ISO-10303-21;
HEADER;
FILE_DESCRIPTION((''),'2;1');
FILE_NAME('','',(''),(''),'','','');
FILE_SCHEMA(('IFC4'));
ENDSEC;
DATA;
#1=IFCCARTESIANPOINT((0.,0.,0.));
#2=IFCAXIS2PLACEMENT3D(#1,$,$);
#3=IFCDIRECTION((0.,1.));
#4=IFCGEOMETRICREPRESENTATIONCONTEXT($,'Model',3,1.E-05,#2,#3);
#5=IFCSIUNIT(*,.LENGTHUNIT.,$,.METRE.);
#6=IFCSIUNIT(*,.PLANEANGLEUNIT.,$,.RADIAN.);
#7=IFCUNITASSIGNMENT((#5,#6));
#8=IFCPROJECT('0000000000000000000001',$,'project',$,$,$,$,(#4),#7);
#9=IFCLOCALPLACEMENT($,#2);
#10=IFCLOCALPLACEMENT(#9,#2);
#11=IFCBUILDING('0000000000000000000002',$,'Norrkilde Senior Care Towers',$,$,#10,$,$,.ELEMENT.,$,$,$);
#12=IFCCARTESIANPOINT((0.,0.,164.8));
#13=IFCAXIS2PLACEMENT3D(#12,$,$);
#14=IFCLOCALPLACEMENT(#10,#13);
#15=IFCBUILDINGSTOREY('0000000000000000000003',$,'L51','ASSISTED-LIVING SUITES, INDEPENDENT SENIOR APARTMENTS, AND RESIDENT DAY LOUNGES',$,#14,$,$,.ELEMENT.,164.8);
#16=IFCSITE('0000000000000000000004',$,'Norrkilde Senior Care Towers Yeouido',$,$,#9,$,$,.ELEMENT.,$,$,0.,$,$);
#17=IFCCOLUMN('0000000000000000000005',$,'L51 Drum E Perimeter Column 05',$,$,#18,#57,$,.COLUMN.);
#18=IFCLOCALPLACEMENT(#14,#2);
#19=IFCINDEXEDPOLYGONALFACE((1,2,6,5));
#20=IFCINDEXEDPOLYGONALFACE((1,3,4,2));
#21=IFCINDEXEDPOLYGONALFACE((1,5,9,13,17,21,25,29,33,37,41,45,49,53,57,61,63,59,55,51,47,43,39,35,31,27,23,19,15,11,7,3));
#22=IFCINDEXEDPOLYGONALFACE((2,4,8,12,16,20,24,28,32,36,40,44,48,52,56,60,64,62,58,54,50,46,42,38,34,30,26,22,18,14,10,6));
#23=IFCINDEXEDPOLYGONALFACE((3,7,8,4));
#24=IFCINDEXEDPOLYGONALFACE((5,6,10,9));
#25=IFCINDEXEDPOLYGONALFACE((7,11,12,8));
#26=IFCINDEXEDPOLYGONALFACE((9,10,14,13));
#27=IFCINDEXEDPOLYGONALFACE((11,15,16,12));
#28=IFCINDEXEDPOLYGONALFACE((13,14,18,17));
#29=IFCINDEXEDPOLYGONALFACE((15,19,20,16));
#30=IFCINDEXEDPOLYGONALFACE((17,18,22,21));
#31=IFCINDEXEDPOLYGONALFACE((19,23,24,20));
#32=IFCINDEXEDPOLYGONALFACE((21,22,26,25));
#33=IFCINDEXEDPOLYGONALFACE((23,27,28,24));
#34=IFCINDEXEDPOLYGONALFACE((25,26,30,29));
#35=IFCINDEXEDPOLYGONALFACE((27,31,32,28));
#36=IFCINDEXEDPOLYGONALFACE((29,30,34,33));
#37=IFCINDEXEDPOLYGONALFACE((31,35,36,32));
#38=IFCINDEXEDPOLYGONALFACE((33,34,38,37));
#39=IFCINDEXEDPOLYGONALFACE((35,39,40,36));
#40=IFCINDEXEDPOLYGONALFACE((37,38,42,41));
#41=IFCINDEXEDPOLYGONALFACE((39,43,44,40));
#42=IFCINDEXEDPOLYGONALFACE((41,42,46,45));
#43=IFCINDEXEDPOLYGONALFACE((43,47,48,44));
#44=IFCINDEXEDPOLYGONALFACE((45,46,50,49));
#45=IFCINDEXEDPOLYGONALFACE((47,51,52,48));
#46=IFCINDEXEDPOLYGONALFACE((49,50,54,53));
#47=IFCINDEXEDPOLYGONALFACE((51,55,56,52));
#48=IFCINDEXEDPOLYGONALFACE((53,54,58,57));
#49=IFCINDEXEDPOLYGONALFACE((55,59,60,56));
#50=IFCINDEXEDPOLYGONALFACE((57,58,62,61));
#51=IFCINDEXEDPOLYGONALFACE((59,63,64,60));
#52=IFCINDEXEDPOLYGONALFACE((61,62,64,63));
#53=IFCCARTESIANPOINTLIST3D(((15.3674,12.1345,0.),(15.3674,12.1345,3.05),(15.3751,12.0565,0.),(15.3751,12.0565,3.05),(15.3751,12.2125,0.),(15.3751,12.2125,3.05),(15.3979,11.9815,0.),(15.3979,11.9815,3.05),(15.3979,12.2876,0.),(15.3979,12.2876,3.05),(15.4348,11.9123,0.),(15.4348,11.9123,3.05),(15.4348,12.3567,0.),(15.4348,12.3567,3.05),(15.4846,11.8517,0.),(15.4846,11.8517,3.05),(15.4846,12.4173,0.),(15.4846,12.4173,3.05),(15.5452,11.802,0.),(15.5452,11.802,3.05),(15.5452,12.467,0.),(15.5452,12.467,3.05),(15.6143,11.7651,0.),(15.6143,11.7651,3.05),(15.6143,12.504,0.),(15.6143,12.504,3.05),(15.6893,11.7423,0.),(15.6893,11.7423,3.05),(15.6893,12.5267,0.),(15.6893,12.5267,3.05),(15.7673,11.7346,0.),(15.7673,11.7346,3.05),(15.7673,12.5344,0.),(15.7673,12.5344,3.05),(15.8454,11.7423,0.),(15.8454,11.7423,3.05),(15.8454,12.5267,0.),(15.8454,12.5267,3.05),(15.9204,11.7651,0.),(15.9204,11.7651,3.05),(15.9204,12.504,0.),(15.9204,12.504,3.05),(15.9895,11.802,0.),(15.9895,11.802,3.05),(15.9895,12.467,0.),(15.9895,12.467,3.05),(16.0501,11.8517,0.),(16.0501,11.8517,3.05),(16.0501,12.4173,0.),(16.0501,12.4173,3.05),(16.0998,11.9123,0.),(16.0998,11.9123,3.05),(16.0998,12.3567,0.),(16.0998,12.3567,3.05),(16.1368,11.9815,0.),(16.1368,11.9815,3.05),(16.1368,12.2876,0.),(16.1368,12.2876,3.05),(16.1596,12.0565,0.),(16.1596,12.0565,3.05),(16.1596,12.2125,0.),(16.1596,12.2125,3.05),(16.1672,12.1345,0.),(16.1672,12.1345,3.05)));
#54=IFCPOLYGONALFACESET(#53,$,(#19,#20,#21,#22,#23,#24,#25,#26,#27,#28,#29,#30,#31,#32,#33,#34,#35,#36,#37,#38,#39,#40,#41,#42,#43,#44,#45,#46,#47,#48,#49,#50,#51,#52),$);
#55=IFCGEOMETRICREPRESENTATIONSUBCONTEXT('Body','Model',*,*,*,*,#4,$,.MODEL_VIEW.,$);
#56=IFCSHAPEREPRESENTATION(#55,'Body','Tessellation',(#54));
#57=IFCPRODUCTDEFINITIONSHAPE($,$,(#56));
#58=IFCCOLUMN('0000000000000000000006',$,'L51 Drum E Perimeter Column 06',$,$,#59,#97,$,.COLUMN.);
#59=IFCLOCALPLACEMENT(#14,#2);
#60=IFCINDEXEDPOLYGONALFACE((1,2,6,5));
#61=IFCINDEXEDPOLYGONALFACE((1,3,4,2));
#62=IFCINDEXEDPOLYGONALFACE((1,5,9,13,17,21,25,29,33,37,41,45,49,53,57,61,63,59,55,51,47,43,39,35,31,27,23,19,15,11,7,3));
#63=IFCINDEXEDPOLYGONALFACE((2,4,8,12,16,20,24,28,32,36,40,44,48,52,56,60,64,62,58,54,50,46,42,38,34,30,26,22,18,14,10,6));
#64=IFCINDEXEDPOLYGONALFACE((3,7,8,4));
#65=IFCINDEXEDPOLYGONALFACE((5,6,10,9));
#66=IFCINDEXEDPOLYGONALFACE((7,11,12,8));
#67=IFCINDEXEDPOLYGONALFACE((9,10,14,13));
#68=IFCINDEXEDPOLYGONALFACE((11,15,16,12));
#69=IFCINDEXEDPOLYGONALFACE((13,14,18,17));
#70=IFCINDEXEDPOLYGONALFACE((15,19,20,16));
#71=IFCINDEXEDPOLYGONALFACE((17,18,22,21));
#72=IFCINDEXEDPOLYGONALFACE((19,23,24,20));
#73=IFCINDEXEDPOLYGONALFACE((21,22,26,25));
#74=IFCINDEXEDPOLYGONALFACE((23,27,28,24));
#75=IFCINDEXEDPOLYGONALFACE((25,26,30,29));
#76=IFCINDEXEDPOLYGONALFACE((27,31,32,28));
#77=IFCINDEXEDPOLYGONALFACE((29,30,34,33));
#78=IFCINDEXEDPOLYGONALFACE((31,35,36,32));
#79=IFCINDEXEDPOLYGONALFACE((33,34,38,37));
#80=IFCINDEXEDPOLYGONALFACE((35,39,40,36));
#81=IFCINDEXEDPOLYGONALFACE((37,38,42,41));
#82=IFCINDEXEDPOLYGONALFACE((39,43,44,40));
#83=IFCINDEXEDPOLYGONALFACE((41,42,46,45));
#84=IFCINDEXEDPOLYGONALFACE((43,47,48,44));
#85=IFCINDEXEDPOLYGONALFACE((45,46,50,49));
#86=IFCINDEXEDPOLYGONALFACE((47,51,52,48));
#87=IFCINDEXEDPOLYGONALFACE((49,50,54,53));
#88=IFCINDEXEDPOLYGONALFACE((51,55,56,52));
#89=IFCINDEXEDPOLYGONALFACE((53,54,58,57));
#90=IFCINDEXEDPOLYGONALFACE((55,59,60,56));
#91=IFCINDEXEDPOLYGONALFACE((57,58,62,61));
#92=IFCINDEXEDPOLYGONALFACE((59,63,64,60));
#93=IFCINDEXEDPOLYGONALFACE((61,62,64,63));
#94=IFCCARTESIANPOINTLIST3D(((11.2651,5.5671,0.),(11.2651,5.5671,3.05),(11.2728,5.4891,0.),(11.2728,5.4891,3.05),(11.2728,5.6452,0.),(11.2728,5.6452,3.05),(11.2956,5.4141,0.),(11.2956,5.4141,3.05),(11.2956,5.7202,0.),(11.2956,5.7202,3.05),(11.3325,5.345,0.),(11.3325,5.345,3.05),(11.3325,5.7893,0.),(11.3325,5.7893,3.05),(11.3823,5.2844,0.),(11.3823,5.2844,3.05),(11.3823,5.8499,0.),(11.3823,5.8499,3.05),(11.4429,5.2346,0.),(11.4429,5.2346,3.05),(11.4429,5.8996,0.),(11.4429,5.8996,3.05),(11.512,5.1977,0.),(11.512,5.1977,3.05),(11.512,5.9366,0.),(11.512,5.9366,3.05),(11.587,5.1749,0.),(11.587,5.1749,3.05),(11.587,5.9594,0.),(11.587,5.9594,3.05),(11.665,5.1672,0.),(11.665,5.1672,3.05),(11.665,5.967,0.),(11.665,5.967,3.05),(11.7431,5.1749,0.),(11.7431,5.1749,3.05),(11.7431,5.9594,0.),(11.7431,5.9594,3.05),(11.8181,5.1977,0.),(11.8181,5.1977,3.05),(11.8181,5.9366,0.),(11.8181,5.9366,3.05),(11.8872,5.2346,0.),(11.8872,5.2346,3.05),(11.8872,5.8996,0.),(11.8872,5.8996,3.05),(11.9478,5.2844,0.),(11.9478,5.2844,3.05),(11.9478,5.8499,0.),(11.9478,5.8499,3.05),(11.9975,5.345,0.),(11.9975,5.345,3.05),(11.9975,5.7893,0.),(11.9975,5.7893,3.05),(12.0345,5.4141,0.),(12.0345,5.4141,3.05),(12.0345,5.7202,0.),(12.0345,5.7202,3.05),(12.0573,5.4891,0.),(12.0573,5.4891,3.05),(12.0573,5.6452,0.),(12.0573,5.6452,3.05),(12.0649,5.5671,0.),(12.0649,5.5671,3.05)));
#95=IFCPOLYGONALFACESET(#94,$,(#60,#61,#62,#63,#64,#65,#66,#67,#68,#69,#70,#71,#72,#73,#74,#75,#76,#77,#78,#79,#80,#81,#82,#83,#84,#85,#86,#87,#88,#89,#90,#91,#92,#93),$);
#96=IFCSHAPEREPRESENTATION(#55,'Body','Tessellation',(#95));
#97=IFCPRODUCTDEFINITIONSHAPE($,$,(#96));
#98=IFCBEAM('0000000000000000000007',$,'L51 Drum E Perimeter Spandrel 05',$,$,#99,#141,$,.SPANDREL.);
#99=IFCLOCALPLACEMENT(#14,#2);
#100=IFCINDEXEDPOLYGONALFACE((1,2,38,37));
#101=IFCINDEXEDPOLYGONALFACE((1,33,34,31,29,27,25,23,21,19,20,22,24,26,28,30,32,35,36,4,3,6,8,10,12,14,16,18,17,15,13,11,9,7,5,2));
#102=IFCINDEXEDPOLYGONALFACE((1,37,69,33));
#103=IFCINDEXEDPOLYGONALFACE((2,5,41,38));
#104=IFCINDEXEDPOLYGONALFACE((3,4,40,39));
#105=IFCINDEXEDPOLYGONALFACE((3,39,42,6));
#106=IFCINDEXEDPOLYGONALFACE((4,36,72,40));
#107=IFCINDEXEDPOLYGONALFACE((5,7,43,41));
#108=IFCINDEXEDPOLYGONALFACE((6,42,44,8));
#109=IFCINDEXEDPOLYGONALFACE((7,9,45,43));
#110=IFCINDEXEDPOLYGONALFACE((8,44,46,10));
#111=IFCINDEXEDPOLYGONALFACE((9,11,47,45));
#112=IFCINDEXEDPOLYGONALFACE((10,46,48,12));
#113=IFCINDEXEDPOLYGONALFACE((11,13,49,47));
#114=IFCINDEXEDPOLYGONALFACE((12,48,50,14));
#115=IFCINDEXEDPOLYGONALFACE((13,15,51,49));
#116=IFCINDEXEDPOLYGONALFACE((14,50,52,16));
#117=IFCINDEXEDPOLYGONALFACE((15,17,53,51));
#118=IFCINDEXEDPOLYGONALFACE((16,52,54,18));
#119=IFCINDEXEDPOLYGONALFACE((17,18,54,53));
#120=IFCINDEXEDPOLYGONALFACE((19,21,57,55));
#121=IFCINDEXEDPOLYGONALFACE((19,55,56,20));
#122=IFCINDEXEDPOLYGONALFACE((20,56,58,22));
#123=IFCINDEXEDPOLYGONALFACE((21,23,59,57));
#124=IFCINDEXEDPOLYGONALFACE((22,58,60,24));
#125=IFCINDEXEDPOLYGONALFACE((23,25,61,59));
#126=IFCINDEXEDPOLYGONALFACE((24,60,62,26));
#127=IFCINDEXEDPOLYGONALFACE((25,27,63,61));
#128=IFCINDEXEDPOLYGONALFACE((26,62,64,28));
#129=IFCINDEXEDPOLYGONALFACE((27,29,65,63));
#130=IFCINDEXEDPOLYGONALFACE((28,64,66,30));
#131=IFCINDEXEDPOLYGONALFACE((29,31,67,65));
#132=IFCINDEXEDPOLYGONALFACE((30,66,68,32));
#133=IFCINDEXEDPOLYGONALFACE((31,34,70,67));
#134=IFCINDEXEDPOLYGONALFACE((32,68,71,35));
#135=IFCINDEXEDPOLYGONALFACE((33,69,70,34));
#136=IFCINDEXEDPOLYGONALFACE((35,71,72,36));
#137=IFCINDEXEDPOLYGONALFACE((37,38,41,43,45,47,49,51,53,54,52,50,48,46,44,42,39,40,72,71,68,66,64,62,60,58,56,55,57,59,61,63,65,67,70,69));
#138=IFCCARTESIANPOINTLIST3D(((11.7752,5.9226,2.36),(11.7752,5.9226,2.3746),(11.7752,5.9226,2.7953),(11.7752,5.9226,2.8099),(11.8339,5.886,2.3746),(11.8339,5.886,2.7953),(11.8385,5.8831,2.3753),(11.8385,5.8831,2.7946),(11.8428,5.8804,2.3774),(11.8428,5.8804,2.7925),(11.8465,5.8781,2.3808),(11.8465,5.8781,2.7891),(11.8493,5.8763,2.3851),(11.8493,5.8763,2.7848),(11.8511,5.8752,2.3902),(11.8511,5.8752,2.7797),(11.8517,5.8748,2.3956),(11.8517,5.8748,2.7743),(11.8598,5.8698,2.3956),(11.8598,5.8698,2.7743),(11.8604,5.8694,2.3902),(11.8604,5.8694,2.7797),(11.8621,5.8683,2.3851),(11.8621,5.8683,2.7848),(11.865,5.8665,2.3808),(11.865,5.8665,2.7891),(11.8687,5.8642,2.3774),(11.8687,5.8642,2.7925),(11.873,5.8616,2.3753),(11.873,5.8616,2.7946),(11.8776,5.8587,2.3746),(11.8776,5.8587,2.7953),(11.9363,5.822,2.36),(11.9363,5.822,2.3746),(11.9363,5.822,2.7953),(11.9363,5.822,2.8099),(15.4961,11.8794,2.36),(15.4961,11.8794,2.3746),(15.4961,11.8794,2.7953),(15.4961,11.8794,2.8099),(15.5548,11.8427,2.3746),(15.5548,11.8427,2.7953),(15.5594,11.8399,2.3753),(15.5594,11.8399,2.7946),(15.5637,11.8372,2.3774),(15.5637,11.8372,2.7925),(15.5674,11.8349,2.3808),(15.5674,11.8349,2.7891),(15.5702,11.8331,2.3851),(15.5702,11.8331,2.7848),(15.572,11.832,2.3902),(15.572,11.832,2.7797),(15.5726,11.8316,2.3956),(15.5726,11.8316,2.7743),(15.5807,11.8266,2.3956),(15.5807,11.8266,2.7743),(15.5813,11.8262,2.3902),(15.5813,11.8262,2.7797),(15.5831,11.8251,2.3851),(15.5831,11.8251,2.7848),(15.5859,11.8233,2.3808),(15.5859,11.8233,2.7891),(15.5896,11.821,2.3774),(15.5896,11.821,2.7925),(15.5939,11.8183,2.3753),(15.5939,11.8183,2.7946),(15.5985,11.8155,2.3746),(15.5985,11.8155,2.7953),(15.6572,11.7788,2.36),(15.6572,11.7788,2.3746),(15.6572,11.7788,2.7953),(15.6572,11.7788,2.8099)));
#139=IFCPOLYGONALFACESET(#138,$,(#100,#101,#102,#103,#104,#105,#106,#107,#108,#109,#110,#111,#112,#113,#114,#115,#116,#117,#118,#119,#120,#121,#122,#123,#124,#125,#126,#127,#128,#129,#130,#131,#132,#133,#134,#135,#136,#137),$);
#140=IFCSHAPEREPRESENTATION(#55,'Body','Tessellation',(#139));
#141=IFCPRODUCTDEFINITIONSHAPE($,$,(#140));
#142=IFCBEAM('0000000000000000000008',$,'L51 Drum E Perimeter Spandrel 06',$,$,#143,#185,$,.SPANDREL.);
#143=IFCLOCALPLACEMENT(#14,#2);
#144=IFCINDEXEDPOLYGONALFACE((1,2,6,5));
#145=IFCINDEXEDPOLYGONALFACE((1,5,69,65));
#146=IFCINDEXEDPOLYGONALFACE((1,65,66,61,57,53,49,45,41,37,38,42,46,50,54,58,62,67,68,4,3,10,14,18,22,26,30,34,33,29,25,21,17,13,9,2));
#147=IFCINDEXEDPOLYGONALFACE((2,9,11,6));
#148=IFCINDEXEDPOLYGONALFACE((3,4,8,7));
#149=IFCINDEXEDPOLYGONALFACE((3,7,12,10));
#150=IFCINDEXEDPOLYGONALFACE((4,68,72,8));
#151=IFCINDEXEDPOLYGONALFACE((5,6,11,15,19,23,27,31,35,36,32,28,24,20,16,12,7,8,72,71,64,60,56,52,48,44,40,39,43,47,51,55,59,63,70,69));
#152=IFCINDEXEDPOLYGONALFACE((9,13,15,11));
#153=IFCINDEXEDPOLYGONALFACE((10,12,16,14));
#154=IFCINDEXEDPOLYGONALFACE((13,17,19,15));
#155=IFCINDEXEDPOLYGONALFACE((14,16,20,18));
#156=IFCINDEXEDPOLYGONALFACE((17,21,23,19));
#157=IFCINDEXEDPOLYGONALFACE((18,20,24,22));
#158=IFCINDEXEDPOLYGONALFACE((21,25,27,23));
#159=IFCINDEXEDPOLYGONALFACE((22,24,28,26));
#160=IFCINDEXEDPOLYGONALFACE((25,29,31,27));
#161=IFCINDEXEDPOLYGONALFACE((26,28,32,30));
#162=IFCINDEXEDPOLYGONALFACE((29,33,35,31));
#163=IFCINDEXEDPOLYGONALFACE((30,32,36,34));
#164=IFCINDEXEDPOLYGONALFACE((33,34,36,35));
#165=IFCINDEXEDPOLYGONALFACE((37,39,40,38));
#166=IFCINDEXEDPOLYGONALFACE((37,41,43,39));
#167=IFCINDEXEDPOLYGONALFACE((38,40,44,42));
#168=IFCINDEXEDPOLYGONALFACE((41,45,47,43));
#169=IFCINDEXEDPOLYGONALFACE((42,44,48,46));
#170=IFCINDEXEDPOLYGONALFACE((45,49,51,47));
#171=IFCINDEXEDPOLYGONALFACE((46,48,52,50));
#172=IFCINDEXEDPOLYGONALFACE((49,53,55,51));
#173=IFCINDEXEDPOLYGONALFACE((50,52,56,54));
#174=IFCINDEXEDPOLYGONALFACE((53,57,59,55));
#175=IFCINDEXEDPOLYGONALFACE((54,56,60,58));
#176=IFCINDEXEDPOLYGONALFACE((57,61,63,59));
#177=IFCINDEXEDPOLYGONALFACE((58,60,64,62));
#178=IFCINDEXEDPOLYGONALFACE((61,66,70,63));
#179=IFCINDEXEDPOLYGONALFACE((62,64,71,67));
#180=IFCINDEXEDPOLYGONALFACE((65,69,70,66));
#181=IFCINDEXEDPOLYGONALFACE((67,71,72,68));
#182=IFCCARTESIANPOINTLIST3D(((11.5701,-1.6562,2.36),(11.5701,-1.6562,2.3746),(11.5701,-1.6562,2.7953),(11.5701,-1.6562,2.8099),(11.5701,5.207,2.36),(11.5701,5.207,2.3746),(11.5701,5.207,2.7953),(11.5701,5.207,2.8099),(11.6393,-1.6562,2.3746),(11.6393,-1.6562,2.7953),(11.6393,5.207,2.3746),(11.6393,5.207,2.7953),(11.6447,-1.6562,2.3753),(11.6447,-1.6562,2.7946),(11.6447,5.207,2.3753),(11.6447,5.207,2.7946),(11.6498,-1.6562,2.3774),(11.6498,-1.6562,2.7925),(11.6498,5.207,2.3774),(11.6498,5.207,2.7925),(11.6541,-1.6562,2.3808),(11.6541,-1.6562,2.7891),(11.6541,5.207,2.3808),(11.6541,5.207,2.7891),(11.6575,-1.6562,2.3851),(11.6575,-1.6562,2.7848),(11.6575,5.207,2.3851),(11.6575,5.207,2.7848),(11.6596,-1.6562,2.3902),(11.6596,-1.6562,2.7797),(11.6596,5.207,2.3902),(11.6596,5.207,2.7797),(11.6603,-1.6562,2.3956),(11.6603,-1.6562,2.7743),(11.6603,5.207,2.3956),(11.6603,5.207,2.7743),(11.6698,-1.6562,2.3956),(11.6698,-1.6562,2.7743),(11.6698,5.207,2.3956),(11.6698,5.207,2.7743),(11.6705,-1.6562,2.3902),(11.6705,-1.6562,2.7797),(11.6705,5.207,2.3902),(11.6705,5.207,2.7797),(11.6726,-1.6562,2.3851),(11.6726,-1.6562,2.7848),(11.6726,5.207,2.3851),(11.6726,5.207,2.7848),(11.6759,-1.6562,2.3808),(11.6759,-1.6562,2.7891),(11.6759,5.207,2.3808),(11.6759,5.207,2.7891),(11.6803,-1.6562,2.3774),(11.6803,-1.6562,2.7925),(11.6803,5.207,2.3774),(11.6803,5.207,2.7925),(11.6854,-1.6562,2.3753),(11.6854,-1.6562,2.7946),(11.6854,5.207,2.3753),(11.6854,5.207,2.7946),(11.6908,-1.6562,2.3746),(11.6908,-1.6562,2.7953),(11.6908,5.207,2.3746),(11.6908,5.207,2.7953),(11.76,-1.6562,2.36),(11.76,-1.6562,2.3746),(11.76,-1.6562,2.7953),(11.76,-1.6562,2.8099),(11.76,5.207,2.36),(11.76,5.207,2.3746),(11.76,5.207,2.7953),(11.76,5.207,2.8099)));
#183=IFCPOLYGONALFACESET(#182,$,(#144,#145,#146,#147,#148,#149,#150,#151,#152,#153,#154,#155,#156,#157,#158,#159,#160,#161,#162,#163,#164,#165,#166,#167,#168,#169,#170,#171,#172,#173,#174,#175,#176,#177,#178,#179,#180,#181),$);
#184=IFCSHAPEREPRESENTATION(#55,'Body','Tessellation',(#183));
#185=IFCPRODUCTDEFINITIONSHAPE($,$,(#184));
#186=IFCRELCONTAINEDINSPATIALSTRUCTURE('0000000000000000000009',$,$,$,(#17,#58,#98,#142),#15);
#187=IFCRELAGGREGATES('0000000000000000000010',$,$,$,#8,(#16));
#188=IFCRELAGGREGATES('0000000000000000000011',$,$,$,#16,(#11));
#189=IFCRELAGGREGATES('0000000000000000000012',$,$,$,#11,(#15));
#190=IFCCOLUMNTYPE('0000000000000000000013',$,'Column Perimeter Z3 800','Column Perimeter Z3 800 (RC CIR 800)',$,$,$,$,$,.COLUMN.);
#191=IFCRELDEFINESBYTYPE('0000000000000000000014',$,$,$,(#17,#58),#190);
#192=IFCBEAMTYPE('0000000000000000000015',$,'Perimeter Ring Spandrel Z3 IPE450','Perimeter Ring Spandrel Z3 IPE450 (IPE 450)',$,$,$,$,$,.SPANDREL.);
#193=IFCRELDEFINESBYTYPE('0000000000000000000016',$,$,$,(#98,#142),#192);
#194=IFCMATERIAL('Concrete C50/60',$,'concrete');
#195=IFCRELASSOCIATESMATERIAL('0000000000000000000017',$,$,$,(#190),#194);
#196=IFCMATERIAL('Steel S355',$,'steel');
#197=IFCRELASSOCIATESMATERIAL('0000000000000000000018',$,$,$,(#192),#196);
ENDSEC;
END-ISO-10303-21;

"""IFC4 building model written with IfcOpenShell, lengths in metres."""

from ifc_helpers import new_model, si_unit, direction, frame, origin, origin_2d, place, context, subcontext, project, spatial, circle, i_section, extrude, source, transform, mapped, material, material_profile, profile_set, type_object, type_shapes, element, save


model = new_model("IFC4")

# Units and contexts
model_context = context("Model", 3, precision=1e-05, world=origin(), true_north=direction((0.0, 1.0)))
body_context = subcontext(model_context, "Body", "Model", "MODEL_VIEW")
ifc_project = project(units=[si_unit("LENGTHUNIT", "METRE"), si_unit("PLANEANGLEUNIT", "RADIAN")], contexts=[model_context])

# Site, building, storey
site_placement = place(None, origin())
site = spatial("IfcSite", under=ifc_project, at=site_placement, Name="Norrkilde Senior Care Towers Yeouido", CompositionType="ELEMENT", RefElevation=0.0)
building_placement = place(site_placement, origin())
building = spatial("IfcBuilding", under=site, at=building_placement, Name="Norrkilde Senior Care Towers", CompositionType="ELEMENT")
storey_placement = place(building_placement, frame((0.0, 0.0, 164.8)))
storey = spatial("IfcBuildingStorey", under=building, at=storey_placement, Name="L51", Description="ASSISTED-LIVING SUITES, INDEPENDENT SENIOR APARTMENTS, AND RESIDENT DAY LOUNGES", CompositionType="ELEMENT", Elevation=164.8)

# Columns
ifc_material_1 = material(Name="Concrete C50/60", Category="concrete")
ifc_material_profile_1 = material_profile(ifc_material_1, circle(Radius=0.3999, at=origin_2d()), Name="RC CIR 800")
ifc_profile_set_1 = profile_set([ifc_material_profile_1], Name="Concrete C50/60")
column_type = type_object("IfcColumnType", Name="Column Perimeter Z3 800", Description="Column Perimeter Z3 800 (RC CIR 800)", PredefinedType="COLUMN", material=ifc_profile_set_1)
shared_shape_1 = source(origin(), body_context, "Body", "SweptSolid", [
    extrude(circle(Radius=0.3999, at=origin_2d()), origin(), (0.0, 0.0, 1.0), 3.05),
])
type_shapes(column_type, [shared_shape_1])
for number, where, z_axis, x_axis, name in (
    (1, (15.7673, 12.1345, 0.0), (0.0, 0.0, 1.0), (1.0, 0.0, 0.0), "L51 Drum E Perimeter Column 05"),
    (2, (11.665, 5.5671, 0.0), (0.0, 0.0, 1.0), (1.0, 0.0, 0.0), "L51 Drum E Perimeter Column 06"),
):
    element("IfcColumn", number, at=place(storey_placement, frame(where, z_axis=z_axis, x_axis=x_axis)), inside=storey, type_object=column_type, Name=name, PredefinedType="COLUMN", context=body_context, shape_type="MappedRepresentation", body=[
        mapped(shared_shape_1, transform((0.0, 0.0, 0.0), x_axis=(1.0, 0.0, 0.0), y_axis=(0.0, 1.0, 0.0), z_axis=(0.0, 0.0, 1.0), scale=1.0)),
    ])

# Beams
ifc_material_2 = material(Name="Steel S355", Category="steel")
ifc_material_profile_2 = material_profile(ifc_material_2, i_section(OverallWidth=0.1899, OverallDepth=0.45, WebThickness=0.0095, FlangeThickness=0.0146, FilletRadius=0.021, at=origin_2d()), Name="IPE 450")
ifc_profile_set_2 = profile_set([ifc_material_profile_2], Name="Steel S355")
beam_type = type_object("IfcBeamType", Name="Perimeter Ring Spandrel Z3 IPE450", Description="Perimeter Ring Spandrel Z3 IPE450 (IPE 450)", PredefinedType="SPANDREL", material=ifc_profile_set_2)
shared_shape_2 = source(origin(), body_context, "Body", "SweptSolid", [
    extrude(i_section(OverallWidth=0.1899, OverallDepth=0.45, WebThickness=0.0095, FlangeThickness=0.0146, FilletRadius=0.021, at=origin_2d()), origin(), (0.0, 0.0, 1.0), 7.0234),
])
beam_1_placement = place(storey_placement, frame((15.5767, 11.8291, 2.585), z_axis=(-0.52979, -0.848129, 0.0), x_axis=(0.848129, -0.52979, 0.0)))
element("IfcBeam", 3, at=beam_1_placement, inside=storey, type_object=beam_type, Name="L51 Drum E Perimeter Spandrel 05", PredefinedType="SPANDREL", context=body_context, shape_type="MappedRepresentation", body=[
    mapped(shared_shape_2, transform((0.0, 0.0, 0.0), x_axis=(1.0, 0.0, 0.0), y_axis=(0.0, 1.0, 0.0), z_axis=(0.0, 0.0, 1.0), scale=1.0)),
])
shared_shape_3 = source(origin(), body_context, "Body", "SweptSolid", [
    extrude(i_section(OverallWidth=0.1899, OverallDepth=0.45, WebThickness=0.0095, FlangeThickness=0.0146, FilletRadius=0.021, at=origin_2d()), origin(), (0.0, 0.0, 1.0), 6.8633),
])
type_shapes(beam_type, [shared_shape_2, shared_shape_3])
beam_2_placement = place(storey_placement, frame((11.665, 5.207, 2.585), z_axis=(0.0, -1.0, 0.0), x_axis=(1.0, 0.0, 0.0)))
element("IfcBeam", 4, at=beam_2_placement, inside=storey, type_object=beam_type, Name="L51 Drum E Perimeter Spandrel 06", PredefinedType="SPANDREL", context=body_context, shape_type="MappedRepresentation", body=[
    mapped(shared_shape_3, transform((0.0, 0.0, 0.0), x_axis=(1.0, 0.0, 0.0), y_axis=(0.0, 1.0, 0.0), z_axis=(0.0, 0.0, 1.0), scale=1.0)),
])

save(model, "model.ifc")
